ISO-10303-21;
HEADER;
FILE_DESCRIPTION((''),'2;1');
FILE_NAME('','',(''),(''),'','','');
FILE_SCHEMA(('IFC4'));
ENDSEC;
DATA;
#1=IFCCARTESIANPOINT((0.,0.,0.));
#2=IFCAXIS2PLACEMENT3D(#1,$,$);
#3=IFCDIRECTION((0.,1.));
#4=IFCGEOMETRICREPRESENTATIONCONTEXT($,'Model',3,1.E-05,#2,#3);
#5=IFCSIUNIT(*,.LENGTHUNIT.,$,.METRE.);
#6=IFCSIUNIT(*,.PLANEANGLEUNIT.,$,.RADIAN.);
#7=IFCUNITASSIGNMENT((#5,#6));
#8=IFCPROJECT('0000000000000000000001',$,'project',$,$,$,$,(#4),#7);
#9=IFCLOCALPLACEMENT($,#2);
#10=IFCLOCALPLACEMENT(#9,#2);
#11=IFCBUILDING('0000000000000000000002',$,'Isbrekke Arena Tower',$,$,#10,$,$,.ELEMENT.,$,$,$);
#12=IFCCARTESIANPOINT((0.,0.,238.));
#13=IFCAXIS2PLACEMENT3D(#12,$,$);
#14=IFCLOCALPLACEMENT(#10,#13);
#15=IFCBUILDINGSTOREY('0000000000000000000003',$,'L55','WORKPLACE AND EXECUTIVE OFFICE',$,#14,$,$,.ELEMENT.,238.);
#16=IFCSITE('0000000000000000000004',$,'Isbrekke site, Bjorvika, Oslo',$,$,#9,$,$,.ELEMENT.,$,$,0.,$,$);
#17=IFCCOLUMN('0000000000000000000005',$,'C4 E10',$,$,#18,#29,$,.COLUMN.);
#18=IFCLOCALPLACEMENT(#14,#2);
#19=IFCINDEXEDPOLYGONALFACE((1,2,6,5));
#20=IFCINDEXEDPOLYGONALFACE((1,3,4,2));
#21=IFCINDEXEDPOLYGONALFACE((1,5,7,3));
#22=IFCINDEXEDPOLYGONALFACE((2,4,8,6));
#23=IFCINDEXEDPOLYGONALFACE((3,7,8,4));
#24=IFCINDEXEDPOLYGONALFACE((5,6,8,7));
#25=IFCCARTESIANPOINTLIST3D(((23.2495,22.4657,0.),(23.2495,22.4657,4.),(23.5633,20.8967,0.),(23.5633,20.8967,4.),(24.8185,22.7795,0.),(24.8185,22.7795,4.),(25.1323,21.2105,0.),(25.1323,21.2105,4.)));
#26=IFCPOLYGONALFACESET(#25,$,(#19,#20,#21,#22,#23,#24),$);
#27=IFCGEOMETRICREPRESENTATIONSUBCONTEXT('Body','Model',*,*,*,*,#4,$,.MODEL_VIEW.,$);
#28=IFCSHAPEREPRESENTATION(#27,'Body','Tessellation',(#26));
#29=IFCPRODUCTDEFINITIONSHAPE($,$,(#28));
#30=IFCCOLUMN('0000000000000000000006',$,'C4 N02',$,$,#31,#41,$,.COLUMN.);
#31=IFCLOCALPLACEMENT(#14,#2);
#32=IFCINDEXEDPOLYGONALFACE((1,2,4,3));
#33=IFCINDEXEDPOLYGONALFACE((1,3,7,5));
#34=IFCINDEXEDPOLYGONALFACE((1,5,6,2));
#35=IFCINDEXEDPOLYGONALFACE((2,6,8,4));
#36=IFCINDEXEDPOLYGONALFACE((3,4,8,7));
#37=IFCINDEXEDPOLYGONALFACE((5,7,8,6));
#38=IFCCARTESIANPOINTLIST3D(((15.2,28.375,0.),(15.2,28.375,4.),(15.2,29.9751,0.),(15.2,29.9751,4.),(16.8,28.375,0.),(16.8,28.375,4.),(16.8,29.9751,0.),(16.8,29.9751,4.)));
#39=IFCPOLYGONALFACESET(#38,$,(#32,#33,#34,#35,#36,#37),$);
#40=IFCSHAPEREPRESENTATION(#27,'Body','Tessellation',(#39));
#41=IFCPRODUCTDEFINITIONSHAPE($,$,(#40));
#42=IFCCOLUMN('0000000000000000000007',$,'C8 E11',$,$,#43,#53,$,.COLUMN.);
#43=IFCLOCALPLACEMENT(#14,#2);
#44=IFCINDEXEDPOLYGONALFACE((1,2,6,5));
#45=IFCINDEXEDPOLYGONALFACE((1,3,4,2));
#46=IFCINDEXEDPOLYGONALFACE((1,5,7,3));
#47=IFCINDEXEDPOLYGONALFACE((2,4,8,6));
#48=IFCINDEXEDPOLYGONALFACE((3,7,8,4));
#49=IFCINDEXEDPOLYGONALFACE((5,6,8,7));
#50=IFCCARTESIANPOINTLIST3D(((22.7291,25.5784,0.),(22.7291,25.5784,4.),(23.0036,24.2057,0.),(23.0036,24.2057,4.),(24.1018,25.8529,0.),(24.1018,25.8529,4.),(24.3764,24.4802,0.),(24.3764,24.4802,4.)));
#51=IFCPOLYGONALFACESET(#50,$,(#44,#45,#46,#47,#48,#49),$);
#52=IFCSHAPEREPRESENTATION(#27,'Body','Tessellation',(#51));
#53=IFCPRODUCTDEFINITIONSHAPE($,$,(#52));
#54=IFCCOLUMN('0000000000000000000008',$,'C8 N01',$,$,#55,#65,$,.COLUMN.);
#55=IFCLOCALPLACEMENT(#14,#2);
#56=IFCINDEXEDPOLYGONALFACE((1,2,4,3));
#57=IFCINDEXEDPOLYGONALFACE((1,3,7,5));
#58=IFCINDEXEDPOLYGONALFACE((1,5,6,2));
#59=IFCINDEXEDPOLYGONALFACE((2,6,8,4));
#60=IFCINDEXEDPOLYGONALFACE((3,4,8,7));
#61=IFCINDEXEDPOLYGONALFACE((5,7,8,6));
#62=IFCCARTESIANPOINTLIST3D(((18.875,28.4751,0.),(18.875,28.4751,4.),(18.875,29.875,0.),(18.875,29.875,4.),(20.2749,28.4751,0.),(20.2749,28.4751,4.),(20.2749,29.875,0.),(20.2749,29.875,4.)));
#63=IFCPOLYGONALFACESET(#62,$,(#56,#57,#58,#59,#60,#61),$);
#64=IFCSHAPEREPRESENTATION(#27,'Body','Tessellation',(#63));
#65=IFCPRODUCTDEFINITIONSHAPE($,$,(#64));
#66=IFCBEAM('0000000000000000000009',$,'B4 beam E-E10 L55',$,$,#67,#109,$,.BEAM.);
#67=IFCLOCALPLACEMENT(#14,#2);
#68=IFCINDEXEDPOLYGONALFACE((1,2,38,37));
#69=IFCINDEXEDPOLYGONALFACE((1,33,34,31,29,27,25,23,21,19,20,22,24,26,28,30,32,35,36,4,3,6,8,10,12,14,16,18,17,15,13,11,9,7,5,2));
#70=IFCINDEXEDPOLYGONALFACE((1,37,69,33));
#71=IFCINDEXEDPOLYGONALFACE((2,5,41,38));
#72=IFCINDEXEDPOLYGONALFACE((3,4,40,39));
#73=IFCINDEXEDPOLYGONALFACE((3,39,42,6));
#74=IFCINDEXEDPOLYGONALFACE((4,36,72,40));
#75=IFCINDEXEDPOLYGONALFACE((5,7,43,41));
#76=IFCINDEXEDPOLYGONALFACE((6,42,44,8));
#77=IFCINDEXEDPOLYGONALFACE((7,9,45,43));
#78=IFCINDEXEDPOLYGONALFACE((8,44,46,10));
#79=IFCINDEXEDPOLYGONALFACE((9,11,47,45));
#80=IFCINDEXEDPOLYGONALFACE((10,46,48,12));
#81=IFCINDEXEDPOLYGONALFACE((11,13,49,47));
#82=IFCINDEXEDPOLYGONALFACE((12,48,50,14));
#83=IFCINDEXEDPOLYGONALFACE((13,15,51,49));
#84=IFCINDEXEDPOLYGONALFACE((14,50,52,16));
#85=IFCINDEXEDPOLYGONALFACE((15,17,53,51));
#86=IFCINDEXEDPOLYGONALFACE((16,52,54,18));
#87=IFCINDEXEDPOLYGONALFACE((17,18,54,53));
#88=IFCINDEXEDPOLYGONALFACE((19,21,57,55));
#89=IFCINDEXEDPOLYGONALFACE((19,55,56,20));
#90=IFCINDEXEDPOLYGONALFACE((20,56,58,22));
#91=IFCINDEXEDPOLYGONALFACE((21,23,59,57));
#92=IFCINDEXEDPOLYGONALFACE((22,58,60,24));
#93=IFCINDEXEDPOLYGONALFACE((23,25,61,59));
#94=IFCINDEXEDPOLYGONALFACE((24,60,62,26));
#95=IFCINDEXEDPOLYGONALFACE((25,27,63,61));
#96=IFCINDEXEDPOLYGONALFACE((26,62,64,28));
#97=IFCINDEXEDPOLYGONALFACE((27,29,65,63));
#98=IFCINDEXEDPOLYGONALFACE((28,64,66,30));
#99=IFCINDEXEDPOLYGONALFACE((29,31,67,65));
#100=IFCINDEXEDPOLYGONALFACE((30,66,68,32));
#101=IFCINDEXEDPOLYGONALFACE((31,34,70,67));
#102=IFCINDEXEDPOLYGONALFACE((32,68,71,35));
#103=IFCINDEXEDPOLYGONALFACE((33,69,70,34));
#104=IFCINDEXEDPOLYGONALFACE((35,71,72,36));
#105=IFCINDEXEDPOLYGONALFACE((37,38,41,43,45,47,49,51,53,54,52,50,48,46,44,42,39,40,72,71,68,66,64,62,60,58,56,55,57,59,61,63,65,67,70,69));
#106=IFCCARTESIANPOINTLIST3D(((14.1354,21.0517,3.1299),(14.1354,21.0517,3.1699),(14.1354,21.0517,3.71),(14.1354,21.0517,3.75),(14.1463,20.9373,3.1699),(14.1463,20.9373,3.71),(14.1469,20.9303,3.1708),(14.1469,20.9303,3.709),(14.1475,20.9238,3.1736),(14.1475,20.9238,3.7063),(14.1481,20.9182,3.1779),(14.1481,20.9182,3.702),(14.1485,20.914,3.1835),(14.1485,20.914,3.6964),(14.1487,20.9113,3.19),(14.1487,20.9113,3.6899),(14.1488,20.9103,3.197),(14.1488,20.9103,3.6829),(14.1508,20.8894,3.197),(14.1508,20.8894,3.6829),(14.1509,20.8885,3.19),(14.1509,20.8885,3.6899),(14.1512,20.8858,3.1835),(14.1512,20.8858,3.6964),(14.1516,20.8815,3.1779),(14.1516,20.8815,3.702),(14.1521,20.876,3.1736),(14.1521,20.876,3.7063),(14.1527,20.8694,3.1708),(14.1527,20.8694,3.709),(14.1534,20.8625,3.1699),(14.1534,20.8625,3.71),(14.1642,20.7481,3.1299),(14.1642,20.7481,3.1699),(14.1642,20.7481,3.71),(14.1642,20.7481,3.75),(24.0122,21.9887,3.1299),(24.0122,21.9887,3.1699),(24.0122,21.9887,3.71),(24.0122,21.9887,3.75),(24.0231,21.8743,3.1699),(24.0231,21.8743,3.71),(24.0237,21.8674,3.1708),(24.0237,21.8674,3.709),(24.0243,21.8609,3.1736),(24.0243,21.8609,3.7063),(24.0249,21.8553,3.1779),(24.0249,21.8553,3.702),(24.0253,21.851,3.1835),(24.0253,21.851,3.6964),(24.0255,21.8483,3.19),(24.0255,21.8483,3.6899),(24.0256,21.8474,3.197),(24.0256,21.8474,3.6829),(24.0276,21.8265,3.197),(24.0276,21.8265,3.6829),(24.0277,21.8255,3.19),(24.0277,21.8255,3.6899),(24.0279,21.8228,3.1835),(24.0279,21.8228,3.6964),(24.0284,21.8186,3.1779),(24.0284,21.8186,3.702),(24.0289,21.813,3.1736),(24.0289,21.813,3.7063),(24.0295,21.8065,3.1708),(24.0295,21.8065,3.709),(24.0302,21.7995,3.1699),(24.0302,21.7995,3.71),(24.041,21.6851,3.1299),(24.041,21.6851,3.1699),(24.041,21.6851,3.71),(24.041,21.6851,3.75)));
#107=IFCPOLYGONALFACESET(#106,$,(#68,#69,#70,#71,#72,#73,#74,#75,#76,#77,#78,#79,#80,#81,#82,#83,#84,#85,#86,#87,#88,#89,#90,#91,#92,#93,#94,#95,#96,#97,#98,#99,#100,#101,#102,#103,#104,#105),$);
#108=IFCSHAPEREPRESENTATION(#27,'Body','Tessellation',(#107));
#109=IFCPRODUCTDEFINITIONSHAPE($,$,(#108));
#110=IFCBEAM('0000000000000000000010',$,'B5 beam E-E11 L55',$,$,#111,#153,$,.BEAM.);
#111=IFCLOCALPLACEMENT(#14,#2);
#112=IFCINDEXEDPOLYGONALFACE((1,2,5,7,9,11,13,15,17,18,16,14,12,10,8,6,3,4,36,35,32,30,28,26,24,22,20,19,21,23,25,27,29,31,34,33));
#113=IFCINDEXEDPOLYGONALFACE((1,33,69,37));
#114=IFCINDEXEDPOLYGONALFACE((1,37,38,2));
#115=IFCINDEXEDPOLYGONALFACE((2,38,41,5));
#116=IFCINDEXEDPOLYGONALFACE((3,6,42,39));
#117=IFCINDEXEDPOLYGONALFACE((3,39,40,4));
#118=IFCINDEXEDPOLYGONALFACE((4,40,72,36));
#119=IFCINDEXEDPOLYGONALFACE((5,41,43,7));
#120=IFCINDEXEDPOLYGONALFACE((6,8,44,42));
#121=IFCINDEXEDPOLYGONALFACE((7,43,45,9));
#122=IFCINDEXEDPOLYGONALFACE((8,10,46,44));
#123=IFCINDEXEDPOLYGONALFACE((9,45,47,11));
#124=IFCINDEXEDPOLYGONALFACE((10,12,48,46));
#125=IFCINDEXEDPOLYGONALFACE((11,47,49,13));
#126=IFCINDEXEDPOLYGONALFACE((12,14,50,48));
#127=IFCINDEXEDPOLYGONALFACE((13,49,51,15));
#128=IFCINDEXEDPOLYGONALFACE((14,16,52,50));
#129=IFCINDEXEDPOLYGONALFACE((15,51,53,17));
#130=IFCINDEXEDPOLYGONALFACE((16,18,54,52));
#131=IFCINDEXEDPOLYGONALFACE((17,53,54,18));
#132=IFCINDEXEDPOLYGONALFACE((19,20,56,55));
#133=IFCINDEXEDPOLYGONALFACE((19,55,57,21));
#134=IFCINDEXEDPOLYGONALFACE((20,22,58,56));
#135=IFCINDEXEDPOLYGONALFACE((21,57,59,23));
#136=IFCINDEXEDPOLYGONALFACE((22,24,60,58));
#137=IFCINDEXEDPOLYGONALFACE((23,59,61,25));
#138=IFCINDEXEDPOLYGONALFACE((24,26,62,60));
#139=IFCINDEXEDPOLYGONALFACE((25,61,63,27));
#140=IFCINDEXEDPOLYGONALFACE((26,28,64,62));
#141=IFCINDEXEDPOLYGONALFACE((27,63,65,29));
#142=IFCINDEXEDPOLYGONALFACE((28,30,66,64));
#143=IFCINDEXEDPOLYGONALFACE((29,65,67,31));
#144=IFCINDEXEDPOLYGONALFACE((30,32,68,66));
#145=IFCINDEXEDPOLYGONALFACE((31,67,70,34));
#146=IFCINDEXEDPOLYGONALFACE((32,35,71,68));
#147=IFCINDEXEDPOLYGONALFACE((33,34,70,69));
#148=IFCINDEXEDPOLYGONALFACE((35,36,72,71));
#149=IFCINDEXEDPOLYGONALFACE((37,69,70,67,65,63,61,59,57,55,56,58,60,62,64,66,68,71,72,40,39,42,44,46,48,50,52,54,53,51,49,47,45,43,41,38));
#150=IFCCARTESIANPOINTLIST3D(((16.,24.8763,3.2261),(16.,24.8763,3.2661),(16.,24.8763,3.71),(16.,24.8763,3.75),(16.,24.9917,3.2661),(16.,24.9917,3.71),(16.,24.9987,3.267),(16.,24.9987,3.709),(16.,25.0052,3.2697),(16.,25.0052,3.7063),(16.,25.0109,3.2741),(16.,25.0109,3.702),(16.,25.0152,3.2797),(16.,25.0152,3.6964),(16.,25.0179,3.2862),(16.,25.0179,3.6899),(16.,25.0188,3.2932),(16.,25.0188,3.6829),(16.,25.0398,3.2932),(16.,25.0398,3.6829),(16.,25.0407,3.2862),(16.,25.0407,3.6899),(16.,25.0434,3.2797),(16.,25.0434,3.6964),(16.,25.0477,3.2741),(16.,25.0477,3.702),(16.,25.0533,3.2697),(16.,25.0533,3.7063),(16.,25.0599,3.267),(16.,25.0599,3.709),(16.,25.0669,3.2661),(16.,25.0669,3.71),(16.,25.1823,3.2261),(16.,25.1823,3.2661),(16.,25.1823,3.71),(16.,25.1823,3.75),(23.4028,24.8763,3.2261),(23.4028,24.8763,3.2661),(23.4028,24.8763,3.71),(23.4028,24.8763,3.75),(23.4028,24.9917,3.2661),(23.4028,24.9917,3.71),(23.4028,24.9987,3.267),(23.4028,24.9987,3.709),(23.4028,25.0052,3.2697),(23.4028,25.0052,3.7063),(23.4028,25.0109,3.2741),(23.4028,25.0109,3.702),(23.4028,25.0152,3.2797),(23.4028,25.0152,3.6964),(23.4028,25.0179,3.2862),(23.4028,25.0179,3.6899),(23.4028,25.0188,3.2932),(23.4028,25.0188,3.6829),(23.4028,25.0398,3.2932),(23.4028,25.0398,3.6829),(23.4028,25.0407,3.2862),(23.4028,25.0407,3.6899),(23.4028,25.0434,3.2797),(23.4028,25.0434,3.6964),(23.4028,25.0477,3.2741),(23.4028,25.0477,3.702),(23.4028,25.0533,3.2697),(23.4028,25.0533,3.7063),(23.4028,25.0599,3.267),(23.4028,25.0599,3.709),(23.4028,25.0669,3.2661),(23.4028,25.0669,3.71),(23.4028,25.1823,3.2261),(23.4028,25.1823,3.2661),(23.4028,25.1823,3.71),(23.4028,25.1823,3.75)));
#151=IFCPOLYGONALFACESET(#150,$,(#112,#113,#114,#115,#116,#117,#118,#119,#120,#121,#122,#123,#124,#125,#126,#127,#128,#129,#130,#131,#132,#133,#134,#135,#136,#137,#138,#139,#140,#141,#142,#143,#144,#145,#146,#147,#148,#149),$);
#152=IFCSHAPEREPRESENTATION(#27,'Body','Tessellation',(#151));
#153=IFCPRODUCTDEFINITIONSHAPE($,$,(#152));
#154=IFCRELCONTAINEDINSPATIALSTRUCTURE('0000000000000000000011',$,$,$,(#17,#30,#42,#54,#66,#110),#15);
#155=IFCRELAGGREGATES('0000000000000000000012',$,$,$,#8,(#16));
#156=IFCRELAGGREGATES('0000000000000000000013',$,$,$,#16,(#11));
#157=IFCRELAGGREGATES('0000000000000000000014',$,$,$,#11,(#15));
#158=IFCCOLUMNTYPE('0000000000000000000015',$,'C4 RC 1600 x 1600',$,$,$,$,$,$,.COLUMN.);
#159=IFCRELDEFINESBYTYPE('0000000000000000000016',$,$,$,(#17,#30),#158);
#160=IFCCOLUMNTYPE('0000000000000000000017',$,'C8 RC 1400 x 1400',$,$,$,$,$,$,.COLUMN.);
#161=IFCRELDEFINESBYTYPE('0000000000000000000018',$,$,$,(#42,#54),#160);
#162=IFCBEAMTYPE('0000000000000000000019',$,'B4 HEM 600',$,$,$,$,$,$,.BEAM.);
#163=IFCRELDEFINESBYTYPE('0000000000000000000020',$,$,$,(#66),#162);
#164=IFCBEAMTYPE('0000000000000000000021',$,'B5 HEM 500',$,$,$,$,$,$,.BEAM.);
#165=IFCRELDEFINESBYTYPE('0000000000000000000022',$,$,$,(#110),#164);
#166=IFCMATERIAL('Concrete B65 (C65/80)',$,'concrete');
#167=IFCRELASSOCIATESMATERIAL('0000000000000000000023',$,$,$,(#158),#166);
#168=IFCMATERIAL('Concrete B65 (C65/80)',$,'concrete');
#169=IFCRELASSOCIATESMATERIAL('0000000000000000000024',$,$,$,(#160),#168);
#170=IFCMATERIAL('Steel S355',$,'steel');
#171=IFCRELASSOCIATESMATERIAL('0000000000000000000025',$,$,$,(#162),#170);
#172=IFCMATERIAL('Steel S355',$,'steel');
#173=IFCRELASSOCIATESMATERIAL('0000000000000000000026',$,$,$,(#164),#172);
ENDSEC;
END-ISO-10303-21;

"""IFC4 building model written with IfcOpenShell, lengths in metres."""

from ifc_helpers import new_model, si_unit, direction, frame, origin, origin_2d, place, context, subcontext, project, spatial, rectangle, i_section, extrude, material, material_profile, profile_set, type_object, element, save


model = new_model("IFC4")

# Units and contexts
model_context = context("Model", 3, precision=1e-05, world=origin(), true_north=direction((0.0, 1.0)))
body_context = subcontext(model_context, "Body", "Model", "MODEL_VIEW")
ifc_project = project(units=[si_unit("LENGTHUNIT", "METRE"), si_unit("PLANEANGLEUNIT", "RADIAN")], contexts=[model_context])

# Site, building, storey
site_placement = place(None, origin())
site = spatial("IfcSite", under=ifc_project, at=site_placement, Name="Isbrekke site, Bjorvika, Oslo", CompositionType="ELEMENT", RefElevation=0.0)
building_placement = place(site_placement, origin())
building = spatial("IfcBuilding", under=site, at=building_placement, Name="Isbrekke Arena Tower", CompositionType="ELEMENT")
storey_placement = place(building_placement, frame((0.0, 0.0, 238.0)))
storey = spatial("IfcBuildingStorey", under=building, at=storey_placement, Name="L55", Description="WORKPLACE AND EXECUTIVE OFFICE", CompositionType="ELEMENT", Elevation=238.0)

# Columns
ifc_material_1 = material(Name="Concrete B65 (C65/80)", Category="concrete")
ifc_material_profile_1 = material_profile(ifc_material_1, rectangle(XDim=1.6001, YDim=1.6001, at=origin_2d()), Name="RC 1600x1600")
ifc_profile_set_1 = profile_set([ifc_material_profile_1], Name="Concrete B65 (C65/80)")
column_type_1 = type_object("IfcColumnType", Name="C4 RC 1600 x 1600", PredefinedType="COLUMN", material=ifc_profile_set_1)
for number, where, z_axis, x_axis, name in (
    (1, (24.1909, 21.8381, 0.0), (0.0, 0.0, 1.0), (-0.196116, 0.980581, 0.0), "C4 E10"),
    (2, (16.0, 29.175, 0.0), (0.0, 0.0, 1.0), (-1.0, 0.0, 0.0), "C4 N02"),
):
    element("IfcColumn", number, at=place(storey_placement, frame(where, z_axis=z_axis, x_axis=x_axis)), inside=storey, type_object=column_type_1, Name=name, PredefinedType="COLUMN", context=body_context, shape_type="SweptSolid", body=[
        extrude(rectangle(XDim=1.6001, YDim=1.6001, at=origin_2d()), origin(), (0.0, 0.0, 1.0), 4.0),
    ])
ifc_material_2 = material(Name="Concrete B65 (C65/80)", Category="concrete")
ifc_material_profile_2 = material_profile(ifc_material_2, rectangle(XDim=1.3999, YDim=1.3999, at=origin_2d()), Name="RC 1400x1400")
ifc_profile_set_2 = profile_set([ifc_material_profile_2], Name="Concrete B65 (C65/80)")
column_type_2 = type_object("IfcColumnType", Name="C8 RC 1400 x 1400", PredefinedType="COLUMN", material=ifc_profile_set_2)
for number, where, z_axis, x_axis, name in (
    (3, (23.5527, 25.0293, 0.0), (0.0, 0.0, 1.0), (-0.196116, 0.980581, 0.0), "C8 E11"),
    (4, (19.575, 29.175, 0.0), (0.0, 0.0, 1.0), (-1.0, 0.0, 0.0), "C8 N01"),
):
    element("IfcColumn", number, at=place(storey_placement, frame(where, z_axis=z_axis, x_axis=x_axis)), inside=storey, type_object=column_type_2, Name=name, PredefinedType="COLUMN", context=body_context, shape_type="SweptSolid", body=[
        extrude(rectangle(XDim=1.3999, YDim=1.3999, at=origin_2d()), origin(), (0.0, 0.0, 1.0), 4.0),
    ])

# Beams
ifc_material_3 = material(Name="Steel S355", Category="steel")
ifc_material_profile_3 = material_profile(ifc_material_3, i_section(OverallWidth=0.3049, OverallDepth=0.6201, WebThickness=0.021, FlangeThickness=0.04, FilletRadius=0.0271, at=origin_2d()), Name="HEM 600")
ifc_profile_set_3 = profile_set([ifc_material_profile_3], Name="Steel S355")
beam_type_1 = type_object("IfcBeamType", Name="B4 HEM 600", PredefinedType="BEAM", material=ifc_profile_set_3)
beam_1_placement = place(storey_placement, frame((24.0266, 21.8369, 3.4399), z_axis=(-0.99553, -0.094447, 0.0), x_axis=(0.094447, -0.99553, 0.0)))
element("IfcBeam", 5, at=beam_1_placement, inside=storey, type_object=beam_type_1, Name="B4 beam E-E10 L55", PredefinedType="BEAM", context=body_context, shape_type="SweptSolid", body=[
    extrude(i_section(OverallWidth=0.3049, OverallDepth=0.6201, WebThickness=0.021, FlangeThickness=0.04, FilletRadius=0.0271, at=origin_2d()), origin(), (0.0, 0.0, 1.0), 9.9211),
])
ifc_material_4 = material(Name="Steel S355", Category="steel")
ifc_material_profile_4 = material_profile(ifc_material_4, i_section(OverallWidth=0.3059, OverallDepth=0.5239, WebThickness=0.021, FlangeThickness=0.04, FilletRadius=0.0271, at=origin_2d()), Name="HEM 500")
ifc_profile_set_4 = profile_set([ifc_material_profile_4], Name="Steel S355")
beam_type_2 = type_object("IfcBeamType", Name="B5 HEM 500", PredefinedType="BEAM", material=ifc_profile_set_4)
beam_2_placement = place(storey_placement, frame((23.4028, 25.0293, 3.488), z_axis=(-1.0, 0.0, 0.0), x_axis=(0.0, -1.0, 0.0)))
element("IfcBeam", 6, at=beam_2_placement, inside=storey, type_object=beam_type_2, Name="B5 beam E-E11 L55", PredefinedType="BEAM", context=body_context, shape_type="SweptSolid", body=[
    extrude(i_section(OverallWidth=0.3059, OverallDepth=0.5239, WebThickness=0.021, FlangeThickness=0.04, FilletRadius=0.0271, at=origin_2d()), origin(), (0.0, 0.0, 1.0), 7.4028),
])

save(model, "model.ifc")
